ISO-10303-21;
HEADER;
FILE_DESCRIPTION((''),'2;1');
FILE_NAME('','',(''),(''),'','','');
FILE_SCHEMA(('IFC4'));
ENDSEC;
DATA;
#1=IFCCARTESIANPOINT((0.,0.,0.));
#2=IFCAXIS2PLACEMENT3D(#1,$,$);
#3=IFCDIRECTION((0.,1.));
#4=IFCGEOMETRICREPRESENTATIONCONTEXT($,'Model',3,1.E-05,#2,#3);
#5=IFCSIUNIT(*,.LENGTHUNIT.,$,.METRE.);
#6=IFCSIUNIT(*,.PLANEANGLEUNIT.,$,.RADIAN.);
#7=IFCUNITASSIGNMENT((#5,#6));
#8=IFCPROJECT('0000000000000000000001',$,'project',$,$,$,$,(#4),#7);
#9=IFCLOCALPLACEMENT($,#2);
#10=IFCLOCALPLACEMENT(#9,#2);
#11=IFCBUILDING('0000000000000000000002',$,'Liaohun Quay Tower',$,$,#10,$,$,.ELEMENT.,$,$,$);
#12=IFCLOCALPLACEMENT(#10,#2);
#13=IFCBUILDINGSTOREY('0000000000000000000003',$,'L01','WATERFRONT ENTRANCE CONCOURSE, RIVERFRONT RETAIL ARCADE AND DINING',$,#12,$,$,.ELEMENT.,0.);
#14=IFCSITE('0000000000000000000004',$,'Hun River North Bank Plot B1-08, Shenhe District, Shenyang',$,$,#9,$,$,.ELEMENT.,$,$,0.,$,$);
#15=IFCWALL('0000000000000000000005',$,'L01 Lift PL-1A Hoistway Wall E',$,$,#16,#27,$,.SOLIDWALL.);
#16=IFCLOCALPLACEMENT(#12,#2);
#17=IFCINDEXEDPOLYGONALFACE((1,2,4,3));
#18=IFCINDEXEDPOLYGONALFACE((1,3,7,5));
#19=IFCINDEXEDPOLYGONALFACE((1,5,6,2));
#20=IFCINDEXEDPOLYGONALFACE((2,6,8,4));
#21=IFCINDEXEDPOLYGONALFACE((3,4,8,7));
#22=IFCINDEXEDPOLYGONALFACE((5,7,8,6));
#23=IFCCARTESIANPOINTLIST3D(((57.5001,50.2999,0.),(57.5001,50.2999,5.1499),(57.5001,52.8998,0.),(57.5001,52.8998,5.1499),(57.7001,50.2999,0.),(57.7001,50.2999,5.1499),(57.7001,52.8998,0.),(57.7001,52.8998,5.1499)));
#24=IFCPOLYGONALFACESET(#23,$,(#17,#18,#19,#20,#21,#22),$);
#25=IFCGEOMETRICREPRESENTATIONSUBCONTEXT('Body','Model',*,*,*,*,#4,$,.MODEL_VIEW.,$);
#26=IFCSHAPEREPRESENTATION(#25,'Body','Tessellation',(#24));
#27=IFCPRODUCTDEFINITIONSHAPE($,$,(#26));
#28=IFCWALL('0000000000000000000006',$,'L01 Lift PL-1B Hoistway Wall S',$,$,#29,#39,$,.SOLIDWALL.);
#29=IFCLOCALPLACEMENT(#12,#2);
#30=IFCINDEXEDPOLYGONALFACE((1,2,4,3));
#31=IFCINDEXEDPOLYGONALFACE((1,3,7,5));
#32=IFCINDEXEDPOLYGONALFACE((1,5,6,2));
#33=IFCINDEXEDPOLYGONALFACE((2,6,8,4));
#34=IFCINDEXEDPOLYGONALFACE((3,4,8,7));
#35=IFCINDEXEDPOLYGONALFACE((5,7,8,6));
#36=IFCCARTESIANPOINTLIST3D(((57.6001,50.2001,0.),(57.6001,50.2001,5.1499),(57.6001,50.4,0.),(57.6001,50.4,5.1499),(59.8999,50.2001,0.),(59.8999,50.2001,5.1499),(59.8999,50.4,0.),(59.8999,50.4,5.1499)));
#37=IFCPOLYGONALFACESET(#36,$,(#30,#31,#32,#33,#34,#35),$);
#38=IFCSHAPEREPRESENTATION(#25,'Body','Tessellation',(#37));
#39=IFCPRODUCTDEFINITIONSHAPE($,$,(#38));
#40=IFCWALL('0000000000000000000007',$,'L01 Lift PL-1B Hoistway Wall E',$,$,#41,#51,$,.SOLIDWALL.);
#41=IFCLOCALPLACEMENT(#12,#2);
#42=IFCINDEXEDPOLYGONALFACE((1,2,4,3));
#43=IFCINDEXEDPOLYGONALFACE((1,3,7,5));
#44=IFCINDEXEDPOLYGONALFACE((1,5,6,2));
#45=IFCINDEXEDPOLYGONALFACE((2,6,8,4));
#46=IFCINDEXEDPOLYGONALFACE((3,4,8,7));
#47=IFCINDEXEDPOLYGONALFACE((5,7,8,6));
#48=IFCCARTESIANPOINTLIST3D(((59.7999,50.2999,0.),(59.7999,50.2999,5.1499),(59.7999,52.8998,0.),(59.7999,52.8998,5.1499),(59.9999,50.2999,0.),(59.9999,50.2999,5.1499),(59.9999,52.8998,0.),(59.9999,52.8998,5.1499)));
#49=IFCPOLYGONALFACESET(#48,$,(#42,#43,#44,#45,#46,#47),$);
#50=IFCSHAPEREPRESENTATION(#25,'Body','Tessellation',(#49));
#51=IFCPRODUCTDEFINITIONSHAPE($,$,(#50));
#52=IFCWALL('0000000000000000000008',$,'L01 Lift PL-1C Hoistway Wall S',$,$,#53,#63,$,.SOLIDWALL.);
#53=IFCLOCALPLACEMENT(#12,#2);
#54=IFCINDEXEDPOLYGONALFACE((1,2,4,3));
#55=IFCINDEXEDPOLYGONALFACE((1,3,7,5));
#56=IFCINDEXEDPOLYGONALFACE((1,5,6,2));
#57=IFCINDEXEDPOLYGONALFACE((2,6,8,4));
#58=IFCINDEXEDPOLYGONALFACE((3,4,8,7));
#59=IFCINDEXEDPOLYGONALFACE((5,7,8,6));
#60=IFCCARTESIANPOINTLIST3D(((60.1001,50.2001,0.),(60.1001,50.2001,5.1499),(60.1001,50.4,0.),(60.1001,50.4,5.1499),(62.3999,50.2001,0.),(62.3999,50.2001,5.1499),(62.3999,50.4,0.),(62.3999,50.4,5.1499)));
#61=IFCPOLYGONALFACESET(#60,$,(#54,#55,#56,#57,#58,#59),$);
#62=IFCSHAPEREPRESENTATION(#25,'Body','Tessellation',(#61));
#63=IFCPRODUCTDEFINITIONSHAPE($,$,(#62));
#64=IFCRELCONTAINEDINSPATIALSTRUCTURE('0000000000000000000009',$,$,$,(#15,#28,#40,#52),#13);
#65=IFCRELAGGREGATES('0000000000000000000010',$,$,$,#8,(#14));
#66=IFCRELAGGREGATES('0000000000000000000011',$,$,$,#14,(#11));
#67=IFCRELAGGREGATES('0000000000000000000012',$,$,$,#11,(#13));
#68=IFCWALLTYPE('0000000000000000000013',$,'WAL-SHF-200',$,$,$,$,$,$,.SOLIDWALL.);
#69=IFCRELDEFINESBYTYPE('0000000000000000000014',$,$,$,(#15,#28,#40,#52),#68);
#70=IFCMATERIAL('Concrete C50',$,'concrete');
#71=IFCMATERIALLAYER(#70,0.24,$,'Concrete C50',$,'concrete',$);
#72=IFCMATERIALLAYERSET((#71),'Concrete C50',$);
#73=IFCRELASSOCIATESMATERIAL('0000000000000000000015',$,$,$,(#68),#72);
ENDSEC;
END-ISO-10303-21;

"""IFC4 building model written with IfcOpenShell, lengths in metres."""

from ifc_helpers import new_model, si_unit, direction, frame, frame_2d, origin, place, context, subcontext, project, spatial, rectangle, extrude, material, layer, layer_set, type_object, element, save


model = new_model("IFC4")

# Units and contexts
model_context = context("Model", 3, precision=1e-05, world=origin(), true_north=direction((0.0, 1.0)))
body_context = subcontext(model_context, "Body", "Model", "MODEL_VIEW")
ifc_project = project(units=[si_unit("LENGTHUNIT", "METRE"), si_unit("PLANEANGLEUNIT", "RADIAN")], contexts=[model_context])

# Site, building, storey
site_placement = place(None, origin())
site = spatial("IfcSite", under=ifc_project, at=site_placement, Name="Hun River North Bank Plot B1-08, Shenhe District, Shenyang", CompositionType="ELEMENT", RefElevation=0.0)
building_placement = place(site_placement, origin())
building = spatial("IfcBuilding", under=site, at=building_placement, Name="Liaohun Quay Tower", CompositionType="ELEMENT")
storey_placement = place(building_placement, origin())
storey = spatial("IfcBuildingStorey", under=building, at=storey_placement, Name="L01", Description="WATERFRONT ENTRANCE CONCOURSE, RIVERFRONT RETAIL ARCADE AND DINING", CompositionType="ELEMENT", Elevation=0.0)

# Shared definitions
ifc_material_1 = material(Name="Concrete C50", Category="concrete")
ifc_layer_1 = layer(ifc_material_1, 0.24, Name="Concrete C50", Category="concrete")
ifc_layer_set_1 = layer_set([ifc_layer_1], Name="Concrete C50")
wall_type_1 = type_object("IfcWallType", Name="WAL-SHF-200", PredefinedType="SOLIDWALL", material=ifc_layer_set_1)

# Walls
wall_1_placement = place(storey_placement, frame((57.6001, 50.3, 0.0), z_axis=(0.0, 0.0, 1.0), x_axis=(0.0, 1.0, 0.0)))
element("IfcWall", 1, at=wall_1_placement, inside=storey, type_object=wall_type_1, Name="L01 Lift PL-1A Hoistway Wall E", PredefinedType="SOLIDWALL", context=body_context, shape_type="SweptSolid", body=[
    extrude(rectangle(XDim=2.5999, YDim=0.2, at=frame_2d((1.2998, 0.0))), origin(), (0.0, 0.0, 1.0), 5.1499),
])
wall_2_placement = place(storey_placement, frame((57.6001, 50.3, 0.0), z_axis=(0.0, 0.0, 1.0), x_axis=(1.0, 0.0, 0.0)))
element("IfcWall", 2, at=wall_2_placement, inside=storey, type_object=wall_type_1, Name="L01 Lift PL-1B Hoistway Wall S", PredefinedType="SOLIDWALL", context=body_context, shape_type="SweptSolid", body=[
    extrude(rectangle(XDim=2.2998, YDim=0.2, at=frame_2d((1.1499, 0.0))), origin(), (0.0, 0.0, 1.0), 5.1499),
])
wall_3_placement = place(storey_placement, frame((59.8999, 50.3, 0.0), z_axis=(0.0, 0.0, 1.0), x_axis=(0.0, 1.0, 0.0)))
element("IfcWall", 3, at=wall_3_placement, inside=storey, type_object=wall_type_1, Name="L01 Lift PL-1B Hoistway Wall E", PredefinedType="SOLIDWALL", context=body_context, shape_type="SweptSolid", body=[
    extrude(rectangle(XDim=2.5999, YDim=0.2, at=frame_2d((1.2998, 0.0))), origin(), (0.0, 0.0, 1.0), 5.1499),
])
wall_4_placement = place(storey_placement, frame((60.1001, 50.3, 0.0), z_axis=(0.0, 0.0, 1.0), x_axis=(1.0, 0.0, 0.0)))
element("IfcWall", 4, at=wall_4_placement, inside=storey, type_object=wall_type_1, Name="L01 Lift PL-1C Hoistway Wall S", PredefinedType="SOLIDWALL", context=body_context, shape_type="SweptSolid", body=[
    extrude(rectangle(XDim=2.2998, YDim=0.2, at=frame_2d((1.1499, 0.0))), origin(), (0.0, 0.0, 1.0), 5.1499),
])

save(model, "model.ifc")
